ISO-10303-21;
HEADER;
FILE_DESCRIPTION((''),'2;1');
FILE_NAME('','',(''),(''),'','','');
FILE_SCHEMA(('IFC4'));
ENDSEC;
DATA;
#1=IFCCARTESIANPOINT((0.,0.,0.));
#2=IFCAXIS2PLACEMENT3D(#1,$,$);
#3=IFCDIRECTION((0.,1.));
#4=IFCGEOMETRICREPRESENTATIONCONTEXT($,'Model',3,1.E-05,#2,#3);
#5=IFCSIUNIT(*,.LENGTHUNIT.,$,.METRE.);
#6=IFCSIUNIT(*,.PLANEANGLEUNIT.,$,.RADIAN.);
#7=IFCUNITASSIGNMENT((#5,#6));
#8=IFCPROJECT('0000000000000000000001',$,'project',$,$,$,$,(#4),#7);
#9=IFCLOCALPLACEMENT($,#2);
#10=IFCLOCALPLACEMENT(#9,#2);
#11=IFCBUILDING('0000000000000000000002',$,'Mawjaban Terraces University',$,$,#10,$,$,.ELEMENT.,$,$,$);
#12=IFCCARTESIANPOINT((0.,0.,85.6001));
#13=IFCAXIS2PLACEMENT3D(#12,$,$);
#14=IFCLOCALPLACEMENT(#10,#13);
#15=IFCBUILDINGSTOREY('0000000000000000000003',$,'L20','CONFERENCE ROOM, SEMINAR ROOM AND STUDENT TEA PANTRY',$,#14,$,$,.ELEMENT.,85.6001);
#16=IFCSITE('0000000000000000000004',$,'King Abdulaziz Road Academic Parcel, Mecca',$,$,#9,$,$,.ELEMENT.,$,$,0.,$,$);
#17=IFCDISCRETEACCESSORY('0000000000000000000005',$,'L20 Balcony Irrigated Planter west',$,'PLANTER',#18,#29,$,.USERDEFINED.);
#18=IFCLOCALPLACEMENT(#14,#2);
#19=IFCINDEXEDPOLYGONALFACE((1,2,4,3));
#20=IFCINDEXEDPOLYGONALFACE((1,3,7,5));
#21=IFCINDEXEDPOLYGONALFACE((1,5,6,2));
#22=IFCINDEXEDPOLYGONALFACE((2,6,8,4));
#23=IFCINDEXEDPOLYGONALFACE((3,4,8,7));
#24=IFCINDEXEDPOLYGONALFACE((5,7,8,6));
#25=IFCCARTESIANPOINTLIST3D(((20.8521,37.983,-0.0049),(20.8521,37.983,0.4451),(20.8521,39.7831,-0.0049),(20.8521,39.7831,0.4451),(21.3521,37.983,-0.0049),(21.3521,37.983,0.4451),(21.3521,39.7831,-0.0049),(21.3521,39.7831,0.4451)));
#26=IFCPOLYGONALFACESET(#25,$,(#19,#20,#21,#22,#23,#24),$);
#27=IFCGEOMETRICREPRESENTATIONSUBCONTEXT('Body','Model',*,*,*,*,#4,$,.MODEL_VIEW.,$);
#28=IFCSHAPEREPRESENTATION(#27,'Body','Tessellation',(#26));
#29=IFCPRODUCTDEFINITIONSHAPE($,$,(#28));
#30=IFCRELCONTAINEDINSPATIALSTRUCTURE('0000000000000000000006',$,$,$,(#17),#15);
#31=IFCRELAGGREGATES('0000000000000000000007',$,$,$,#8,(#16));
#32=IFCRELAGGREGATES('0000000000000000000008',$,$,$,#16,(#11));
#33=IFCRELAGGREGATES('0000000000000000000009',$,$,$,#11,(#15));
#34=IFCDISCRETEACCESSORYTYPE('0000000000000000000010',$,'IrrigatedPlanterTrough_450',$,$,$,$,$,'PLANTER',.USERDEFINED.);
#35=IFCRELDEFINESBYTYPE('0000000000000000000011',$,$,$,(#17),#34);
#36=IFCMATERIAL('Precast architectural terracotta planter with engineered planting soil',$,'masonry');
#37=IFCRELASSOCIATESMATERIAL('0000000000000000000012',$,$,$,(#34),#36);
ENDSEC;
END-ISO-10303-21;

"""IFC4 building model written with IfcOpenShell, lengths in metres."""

from ifc_helpers import new_model, si_unit, direction, frame, origin, origin_2d, place, context, subcontext, project, spatial, rectangle, extrude, material, type_object, element, save


model = new_model("IFC4")

# Units and contexts
model_context = context("Model", 3, precision=1e-05, world=origin(), true_north=direction((0.0, 1.0)))
body_context = subcontext(model_context, "Body", "Model", "MODEL_VIEW")
ifc_project = project(units=[si_unit("LENGTHUNIT", "METRE"), si_unit("PLANEANGLEUNIT", "RADIAN")], contexts=[model_context])

# Site, building, storey
site_placement = place(None, origin())
site = spatial("IfcSite", under=ifc_project, at=site_placement, Name="King Abdulaziz Road Academic Parcel, Mecca", CompositionType="ELEMENT", RefElevation=0.0)
building_placement = place(site_placement, origin())
building = spatial("IfcBuilding", under=site, at=building_placement, Name="Mawjaban Terraces University", CompositionType="ELEMENT")
storey_placement = place(building_placement, frame((0.0, 0.0, 85.6001)))
storey = spatial("IfcBuildingStorey", under=building, at=storey_placement, Name="L20", Description="CONFERENCE ROOM, SEMINAR ROOM AND STUDENT TEA PANTRY", CompositionType="ELEMENT", Elevation=85.6001)

# Discrete accessory
ifc_material_1 = material(Name="Precast architectural terracotta planter with engineered planting soil", Category="masonry")
discrete_accessory_type_1 = type_object("IfcDiscreteAccessoryType", Name="IrrigatedPlanterTrough_450", ElementType="PLANTER", PredefinedType="USERDEFINED", material=ifc_material_1)
discrete_accessory_1_placement = place(storey_placement, frame((21.1021, 38.8831, -0.0049), z_axis=(0.0, 0.0, 1.0), x_axis=(0.0, 1.0, 0.0)))
element("IfcDiscreteAccessory", 1, at=discrete_accessory_1_placement, inside=storey, type_object=discrete_accessory_type_1, Name="L20 Balcony Irrigated Planter west", ObjectType="PLANTER", PredefinedType="USERDEFINED", context=body_context, shape_type="SweptSolid", body=[
    extrude(rectangle(XDim=1.8, YDim=0.5, at=origin_2d()), origin(), (0.0, 0.0, 1.0), 0.45),
])

save(model, "model.ifc")
